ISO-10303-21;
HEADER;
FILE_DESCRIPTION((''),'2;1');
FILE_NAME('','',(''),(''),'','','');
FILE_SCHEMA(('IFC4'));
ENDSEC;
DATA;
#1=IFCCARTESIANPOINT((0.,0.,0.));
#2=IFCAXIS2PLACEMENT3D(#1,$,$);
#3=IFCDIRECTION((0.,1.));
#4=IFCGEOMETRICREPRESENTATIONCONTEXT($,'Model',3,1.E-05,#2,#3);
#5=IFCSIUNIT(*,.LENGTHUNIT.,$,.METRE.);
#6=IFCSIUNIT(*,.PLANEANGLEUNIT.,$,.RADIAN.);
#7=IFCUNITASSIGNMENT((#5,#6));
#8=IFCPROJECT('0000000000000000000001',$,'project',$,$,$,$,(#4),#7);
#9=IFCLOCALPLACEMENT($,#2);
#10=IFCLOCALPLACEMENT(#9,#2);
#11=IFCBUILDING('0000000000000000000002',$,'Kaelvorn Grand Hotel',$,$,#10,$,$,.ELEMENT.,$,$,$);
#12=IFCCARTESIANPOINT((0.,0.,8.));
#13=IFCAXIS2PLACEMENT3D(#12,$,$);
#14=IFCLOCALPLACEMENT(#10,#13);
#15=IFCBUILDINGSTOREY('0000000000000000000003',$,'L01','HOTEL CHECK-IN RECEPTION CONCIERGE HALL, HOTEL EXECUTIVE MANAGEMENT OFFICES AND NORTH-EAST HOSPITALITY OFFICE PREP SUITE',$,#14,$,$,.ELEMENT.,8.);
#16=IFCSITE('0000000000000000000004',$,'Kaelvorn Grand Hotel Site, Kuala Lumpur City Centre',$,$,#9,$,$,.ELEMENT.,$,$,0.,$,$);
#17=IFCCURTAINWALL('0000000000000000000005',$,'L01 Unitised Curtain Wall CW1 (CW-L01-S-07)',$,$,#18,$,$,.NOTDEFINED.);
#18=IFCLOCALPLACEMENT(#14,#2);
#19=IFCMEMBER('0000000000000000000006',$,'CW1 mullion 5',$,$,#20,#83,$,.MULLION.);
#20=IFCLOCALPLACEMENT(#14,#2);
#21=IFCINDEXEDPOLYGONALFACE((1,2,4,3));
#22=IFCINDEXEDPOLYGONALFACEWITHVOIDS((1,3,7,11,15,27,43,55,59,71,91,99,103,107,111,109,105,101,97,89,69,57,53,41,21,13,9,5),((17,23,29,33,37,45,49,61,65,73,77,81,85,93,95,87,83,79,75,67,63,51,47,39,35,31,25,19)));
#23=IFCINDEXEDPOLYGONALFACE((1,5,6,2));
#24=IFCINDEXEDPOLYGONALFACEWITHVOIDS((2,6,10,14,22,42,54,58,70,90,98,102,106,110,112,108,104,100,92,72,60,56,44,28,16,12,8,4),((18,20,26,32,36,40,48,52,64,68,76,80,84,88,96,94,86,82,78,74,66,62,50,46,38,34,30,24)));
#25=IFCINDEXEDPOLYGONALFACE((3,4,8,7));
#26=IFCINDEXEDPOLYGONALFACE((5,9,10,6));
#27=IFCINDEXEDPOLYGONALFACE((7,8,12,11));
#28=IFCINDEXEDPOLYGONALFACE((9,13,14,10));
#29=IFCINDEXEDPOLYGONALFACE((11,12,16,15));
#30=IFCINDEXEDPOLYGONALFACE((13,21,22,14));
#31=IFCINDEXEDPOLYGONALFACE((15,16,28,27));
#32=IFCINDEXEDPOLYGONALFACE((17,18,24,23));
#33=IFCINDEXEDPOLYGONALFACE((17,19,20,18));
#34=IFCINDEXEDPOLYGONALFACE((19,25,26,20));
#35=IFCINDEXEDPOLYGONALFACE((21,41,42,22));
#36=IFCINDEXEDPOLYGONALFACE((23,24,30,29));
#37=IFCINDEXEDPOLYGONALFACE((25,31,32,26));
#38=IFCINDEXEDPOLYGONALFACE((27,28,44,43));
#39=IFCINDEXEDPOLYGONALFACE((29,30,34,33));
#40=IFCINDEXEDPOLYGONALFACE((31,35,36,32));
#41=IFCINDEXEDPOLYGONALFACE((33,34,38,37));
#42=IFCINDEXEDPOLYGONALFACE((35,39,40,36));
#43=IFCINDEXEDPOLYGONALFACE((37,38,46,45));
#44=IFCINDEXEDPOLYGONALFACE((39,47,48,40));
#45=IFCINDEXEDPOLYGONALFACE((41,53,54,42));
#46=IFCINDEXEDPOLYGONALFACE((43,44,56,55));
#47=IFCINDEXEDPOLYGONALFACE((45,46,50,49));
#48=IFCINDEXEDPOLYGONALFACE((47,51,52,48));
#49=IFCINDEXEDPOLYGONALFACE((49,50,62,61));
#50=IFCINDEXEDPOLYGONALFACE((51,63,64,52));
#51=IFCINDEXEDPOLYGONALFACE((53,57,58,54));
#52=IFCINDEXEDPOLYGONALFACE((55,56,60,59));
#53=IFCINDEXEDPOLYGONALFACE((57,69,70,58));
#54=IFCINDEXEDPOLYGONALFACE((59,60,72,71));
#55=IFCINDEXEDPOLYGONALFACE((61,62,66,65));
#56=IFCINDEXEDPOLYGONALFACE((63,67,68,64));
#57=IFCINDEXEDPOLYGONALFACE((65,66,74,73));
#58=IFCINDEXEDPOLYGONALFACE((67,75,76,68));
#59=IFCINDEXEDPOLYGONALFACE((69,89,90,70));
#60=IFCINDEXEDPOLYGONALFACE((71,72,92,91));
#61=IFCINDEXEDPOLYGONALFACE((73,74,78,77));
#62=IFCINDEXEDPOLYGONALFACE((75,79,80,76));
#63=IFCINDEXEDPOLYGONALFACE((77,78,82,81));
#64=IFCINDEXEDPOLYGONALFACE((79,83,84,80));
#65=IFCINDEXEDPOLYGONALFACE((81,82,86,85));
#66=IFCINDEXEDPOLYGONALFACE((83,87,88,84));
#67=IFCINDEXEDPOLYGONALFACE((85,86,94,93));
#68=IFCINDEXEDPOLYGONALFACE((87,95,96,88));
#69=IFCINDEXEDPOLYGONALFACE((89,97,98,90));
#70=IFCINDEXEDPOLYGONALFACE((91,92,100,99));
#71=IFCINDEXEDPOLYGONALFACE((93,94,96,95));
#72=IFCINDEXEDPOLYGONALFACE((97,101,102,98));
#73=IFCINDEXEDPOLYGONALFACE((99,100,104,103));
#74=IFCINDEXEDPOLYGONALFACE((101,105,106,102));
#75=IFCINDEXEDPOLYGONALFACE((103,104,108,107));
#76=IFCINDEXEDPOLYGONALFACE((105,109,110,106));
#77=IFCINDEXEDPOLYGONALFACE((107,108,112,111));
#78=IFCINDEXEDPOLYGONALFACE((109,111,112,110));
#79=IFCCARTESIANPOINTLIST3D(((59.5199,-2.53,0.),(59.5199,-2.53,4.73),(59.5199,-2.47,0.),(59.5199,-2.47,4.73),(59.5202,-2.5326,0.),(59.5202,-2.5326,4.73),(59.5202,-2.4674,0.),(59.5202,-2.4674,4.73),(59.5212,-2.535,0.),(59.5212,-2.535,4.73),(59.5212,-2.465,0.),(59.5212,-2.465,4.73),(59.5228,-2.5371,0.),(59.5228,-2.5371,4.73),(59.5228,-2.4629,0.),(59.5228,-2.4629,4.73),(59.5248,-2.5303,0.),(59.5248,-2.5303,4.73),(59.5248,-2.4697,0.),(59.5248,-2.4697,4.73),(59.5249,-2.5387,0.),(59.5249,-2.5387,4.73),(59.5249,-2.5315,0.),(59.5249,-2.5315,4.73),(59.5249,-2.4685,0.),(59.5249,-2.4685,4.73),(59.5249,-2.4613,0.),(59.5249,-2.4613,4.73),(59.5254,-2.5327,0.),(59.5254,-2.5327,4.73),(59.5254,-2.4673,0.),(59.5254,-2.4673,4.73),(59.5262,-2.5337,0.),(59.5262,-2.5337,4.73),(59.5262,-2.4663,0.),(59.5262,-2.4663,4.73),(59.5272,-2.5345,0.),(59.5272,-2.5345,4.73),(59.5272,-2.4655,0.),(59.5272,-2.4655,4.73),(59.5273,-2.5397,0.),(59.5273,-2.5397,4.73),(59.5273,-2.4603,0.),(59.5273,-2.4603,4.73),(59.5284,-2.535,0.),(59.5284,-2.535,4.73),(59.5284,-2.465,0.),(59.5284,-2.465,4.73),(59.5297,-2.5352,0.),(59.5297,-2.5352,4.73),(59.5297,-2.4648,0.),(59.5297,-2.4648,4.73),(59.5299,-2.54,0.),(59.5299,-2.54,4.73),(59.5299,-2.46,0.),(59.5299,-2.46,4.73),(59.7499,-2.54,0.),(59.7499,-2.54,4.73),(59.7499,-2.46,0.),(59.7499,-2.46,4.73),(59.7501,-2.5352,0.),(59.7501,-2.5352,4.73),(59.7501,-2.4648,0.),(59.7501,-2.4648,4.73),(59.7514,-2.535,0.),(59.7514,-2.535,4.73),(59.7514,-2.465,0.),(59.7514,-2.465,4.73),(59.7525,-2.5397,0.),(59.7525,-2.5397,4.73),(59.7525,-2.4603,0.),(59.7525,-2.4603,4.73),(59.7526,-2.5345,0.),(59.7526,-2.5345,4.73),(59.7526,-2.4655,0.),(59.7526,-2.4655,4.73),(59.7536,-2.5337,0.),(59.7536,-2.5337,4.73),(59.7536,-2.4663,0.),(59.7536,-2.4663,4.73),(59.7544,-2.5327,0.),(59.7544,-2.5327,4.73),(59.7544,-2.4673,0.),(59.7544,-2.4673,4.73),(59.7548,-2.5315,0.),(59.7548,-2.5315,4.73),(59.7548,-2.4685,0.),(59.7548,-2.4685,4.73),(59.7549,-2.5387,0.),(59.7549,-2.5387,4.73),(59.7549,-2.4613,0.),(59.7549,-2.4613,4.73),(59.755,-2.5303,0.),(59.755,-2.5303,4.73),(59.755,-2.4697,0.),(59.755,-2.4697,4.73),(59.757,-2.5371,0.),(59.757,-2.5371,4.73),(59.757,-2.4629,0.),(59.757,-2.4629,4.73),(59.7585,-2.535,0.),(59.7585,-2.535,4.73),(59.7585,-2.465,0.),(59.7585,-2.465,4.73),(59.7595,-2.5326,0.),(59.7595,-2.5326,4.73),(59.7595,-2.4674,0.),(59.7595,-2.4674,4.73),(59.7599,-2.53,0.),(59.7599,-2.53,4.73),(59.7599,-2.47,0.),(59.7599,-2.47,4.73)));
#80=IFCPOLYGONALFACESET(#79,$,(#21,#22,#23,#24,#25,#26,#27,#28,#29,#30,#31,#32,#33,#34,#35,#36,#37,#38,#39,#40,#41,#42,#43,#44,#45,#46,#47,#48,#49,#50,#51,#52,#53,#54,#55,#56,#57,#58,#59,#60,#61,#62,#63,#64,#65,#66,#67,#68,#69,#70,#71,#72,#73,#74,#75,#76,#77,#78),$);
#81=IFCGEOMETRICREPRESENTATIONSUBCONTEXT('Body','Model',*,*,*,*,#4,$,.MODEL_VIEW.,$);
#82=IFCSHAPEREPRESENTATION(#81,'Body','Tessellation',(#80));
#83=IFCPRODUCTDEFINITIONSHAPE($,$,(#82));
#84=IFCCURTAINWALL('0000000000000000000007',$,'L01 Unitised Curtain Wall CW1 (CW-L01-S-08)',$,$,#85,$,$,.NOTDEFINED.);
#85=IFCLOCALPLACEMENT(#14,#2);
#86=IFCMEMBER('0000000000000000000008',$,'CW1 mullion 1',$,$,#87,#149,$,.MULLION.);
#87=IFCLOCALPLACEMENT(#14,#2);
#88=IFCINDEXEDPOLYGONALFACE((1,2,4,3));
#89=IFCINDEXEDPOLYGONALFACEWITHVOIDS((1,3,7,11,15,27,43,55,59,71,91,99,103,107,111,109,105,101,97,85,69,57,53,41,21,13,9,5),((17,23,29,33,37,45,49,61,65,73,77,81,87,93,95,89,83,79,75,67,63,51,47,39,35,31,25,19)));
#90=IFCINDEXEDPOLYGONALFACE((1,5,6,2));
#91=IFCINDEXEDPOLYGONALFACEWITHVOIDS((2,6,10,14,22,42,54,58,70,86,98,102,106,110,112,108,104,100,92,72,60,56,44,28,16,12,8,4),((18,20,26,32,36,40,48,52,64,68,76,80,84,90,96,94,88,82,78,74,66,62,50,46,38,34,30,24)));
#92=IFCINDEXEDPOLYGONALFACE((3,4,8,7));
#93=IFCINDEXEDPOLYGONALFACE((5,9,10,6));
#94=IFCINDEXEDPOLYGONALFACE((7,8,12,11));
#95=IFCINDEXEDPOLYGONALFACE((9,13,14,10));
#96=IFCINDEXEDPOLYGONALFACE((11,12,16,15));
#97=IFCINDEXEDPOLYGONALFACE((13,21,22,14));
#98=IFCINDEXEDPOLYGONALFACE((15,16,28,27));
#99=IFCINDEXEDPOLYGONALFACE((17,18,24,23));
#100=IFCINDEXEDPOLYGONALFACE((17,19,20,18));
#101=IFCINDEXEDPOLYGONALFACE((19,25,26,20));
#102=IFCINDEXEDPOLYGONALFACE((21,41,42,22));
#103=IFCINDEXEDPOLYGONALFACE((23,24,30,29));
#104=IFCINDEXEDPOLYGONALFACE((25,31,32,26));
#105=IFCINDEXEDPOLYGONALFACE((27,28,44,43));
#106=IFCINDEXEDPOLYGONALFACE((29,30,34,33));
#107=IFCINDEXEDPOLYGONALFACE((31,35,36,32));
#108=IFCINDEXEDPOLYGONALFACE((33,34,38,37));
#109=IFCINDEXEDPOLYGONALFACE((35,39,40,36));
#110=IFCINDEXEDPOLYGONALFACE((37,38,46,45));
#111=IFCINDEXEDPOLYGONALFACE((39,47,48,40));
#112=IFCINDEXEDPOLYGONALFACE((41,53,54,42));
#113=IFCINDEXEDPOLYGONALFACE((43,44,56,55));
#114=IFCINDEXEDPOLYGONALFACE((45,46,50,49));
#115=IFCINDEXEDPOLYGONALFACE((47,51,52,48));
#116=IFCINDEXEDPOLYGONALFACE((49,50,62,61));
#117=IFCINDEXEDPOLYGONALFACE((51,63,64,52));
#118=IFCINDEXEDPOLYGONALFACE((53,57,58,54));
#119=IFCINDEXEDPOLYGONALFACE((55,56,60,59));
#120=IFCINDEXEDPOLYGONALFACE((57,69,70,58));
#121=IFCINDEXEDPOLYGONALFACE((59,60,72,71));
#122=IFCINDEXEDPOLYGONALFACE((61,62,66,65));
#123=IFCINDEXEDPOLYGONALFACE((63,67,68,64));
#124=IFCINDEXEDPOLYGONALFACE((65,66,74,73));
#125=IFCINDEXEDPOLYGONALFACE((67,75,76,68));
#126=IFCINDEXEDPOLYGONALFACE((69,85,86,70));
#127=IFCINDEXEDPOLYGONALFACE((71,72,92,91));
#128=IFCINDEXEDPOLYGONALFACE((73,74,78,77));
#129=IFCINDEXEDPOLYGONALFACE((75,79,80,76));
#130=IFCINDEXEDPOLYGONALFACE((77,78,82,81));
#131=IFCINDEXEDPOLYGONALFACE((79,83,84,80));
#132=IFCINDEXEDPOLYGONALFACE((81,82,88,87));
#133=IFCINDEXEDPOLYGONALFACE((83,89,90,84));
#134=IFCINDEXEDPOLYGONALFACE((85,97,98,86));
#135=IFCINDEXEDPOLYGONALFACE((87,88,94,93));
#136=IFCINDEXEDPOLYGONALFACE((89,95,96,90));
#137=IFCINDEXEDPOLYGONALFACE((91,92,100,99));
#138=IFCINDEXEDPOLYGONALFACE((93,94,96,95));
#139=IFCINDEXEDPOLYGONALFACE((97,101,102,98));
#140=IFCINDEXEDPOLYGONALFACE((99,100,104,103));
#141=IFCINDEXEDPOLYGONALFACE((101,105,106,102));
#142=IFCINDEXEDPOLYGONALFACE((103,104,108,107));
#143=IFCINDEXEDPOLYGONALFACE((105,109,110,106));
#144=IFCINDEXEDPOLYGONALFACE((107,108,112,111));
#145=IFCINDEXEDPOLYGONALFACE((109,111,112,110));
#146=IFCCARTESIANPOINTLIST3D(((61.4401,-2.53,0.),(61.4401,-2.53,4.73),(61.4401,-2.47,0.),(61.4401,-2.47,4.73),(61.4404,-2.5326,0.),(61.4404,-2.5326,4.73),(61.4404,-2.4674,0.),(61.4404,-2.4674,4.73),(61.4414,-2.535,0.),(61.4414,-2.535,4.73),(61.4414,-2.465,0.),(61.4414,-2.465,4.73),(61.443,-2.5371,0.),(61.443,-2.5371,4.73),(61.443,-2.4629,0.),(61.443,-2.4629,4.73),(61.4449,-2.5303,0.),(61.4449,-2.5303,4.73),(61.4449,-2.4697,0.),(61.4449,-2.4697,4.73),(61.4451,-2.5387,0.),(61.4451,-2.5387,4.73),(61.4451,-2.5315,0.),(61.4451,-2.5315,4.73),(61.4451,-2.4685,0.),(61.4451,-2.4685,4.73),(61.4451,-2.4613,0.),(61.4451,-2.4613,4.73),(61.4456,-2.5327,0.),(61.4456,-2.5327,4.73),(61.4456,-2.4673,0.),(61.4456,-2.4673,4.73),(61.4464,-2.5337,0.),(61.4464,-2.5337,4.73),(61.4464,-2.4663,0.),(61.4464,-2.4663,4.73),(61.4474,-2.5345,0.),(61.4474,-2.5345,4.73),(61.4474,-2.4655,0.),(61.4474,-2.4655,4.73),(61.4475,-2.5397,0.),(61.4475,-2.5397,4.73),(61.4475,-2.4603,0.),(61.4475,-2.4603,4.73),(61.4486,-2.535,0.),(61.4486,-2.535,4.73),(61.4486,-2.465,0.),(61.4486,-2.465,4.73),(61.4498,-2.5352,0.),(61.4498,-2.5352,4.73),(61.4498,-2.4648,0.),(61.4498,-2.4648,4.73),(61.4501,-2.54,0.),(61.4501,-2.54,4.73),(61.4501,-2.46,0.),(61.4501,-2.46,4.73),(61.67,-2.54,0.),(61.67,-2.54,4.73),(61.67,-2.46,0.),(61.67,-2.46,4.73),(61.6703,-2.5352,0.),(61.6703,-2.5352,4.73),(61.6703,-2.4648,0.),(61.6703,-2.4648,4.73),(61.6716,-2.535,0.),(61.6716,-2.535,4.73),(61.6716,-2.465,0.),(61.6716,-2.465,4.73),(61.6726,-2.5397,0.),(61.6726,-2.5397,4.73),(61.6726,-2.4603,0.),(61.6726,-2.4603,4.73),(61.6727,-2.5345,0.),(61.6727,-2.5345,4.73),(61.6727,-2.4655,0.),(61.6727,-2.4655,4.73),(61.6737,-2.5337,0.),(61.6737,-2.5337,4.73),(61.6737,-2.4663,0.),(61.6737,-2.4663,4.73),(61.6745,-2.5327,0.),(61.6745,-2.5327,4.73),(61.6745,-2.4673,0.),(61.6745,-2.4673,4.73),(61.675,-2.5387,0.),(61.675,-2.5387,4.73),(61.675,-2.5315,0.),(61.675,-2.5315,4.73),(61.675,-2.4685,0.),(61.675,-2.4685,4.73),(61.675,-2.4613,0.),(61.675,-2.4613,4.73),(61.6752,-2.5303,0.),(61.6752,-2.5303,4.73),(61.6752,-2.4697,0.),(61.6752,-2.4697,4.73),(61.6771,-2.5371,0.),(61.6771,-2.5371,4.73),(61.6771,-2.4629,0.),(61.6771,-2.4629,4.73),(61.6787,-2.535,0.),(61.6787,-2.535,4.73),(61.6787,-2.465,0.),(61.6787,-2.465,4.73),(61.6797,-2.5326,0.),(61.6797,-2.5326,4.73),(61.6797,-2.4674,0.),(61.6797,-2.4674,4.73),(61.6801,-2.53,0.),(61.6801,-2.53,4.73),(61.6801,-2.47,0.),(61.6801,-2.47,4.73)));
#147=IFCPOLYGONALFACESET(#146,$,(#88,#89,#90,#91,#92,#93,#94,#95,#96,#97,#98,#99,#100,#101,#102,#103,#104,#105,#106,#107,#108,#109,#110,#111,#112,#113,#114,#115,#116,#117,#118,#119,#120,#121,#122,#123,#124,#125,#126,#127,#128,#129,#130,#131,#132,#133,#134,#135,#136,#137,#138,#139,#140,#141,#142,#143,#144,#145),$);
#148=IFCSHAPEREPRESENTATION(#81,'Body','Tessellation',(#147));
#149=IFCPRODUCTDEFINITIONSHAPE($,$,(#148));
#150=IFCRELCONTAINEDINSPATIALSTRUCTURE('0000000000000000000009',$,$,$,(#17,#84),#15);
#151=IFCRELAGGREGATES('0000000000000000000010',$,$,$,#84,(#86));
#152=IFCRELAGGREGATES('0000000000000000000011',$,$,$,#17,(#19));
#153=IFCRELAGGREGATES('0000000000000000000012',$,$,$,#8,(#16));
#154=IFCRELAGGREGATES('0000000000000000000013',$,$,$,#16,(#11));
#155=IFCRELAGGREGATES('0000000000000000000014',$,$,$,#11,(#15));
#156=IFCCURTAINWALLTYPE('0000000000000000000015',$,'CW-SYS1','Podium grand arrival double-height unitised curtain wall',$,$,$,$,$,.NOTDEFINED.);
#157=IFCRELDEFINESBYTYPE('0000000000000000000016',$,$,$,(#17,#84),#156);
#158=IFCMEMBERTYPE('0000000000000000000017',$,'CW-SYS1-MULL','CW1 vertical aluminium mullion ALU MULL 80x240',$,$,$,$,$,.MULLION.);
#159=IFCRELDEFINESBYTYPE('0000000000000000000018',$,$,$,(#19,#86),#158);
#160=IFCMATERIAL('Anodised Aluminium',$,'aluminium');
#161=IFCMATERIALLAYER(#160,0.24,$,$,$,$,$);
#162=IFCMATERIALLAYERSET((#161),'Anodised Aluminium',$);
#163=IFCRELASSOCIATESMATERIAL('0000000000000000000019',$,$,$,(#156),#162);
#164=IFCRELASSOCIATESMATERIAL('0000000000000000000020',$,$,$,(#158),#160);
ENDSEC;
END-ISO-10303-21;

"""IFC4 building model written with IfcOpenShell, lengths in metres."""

from ifc_helpers import new_model, si_unit, direction, frame, origin, origin_2d, place, context, subcontext, project, spatial, hollow_rectangle, extrude, material, layer, layer_set, material_profile, profile_set, type_object, element, aggregate, save


model = new_model("IFC4")

# Units and contexts
model_context = context("Model", 3, precision=1e-05, world=origin(), true_north=direction((0.0, 1.0)))
body_context = subcontext(model_context, "Body", "Model", "MODEL_VIEW")
ifc_project = project(units=[si_unit("LENGTHUNIT", "METRE"), si_unit("PLANEANGLEUNIT", "RADIAN")], contexts=[model_context])

# Site, building, storey
site_placement = place(None, origin())
site = spatial("IfcSite", under=ifc_project, at=site_placement, Name="Kaelvorn Grand Hotel Site, Kuala Lumpur City Centre", CompositionType="ELEMENT", RefElevation=0.0)
building_placement = place(site_placement, origin())
building = spatial("IfcBuilding", under=site, at=building_placement, Name="Kaelvorn Grand Hotel", CompositionType="ELEMENT")
storey_placement = place(building_placement, frame((0.0, 0.0, 8.0)))
storey = spatial("IfcBuildingStorey", under=building, at=storey_placement, Name="L01", Description="HOTEL CHECK-IN RECEPTION CONCIERGE HALL, HOTEL EXECUTIVE MANAGEMENT OFFICES AND NORTH-EAST HOSPITALITY OFFICE PREP SUITE", CompositionType="ELEMENT", Elevation=8.0)

# Curtain wall, member
ifc_material_1 = material(Name="Anodised Aluminium", Category="aluminium")
ifc_layer_1 = layer(ifc_material_1, 0.24)
ifc_layer_set_1 = layer_set([ifc_layer_1], Name="Anodised Aluminium")
curtain_wall_type = type_object("IfcCurtainWallType", Name="CW-SYS1", Description="Podium grand arrival double-height unitised curtain wall", PredefinedType="NOTDEFINED", material=ifc_layer_set_1)
ifc_material_profile_1 = material_profile(ifc_material_1, hollow_rectangle(XDim=0.0801, YDim=0.24, WallThickness=0.0049, InnerFilletRadius=0.0049, OuterFilletRadius=0.01, at=origin_2d()), Name="ALU MULL 80x240")
ifc_profile_set_1 = profile_set([ifc_material_profile_1], Name="Anodised Aluminium")
member_type_1 = type_object("IfcMemberType", Name="CW-SYS1-MULL", Description="CW1 vertical aluminium mullion ALU MULL 80x240", PredefinedType="MULLION", material=ifc_profile_set_1)
curtain_wall_1_placement = place(storey_placement, origin())
curtain_wall_1 = element("IfcCurtainWall", 1, at=curtain_wall_1_placement, inside=storey, type_object=curtain_wall_type, Name="L01 Unitised Curtain Wall CW1 (CW-L01-S-07)", PredefinedType="NOTDEFINED")
member_1_placement = place(storey_placement, frame((59.6399, -2.5, 0.0), z_axis=(0.0, 0.0, 1.0), x_axis=(0.0, 1.0, 0.0)))
member_1 = element("IfcMember", 2, at=member_1_placement, type_object=member_type_1, Name="CW1 mullion 5", PredefinedType="MULLION", context=body_context, shape_type="SweptSolid", body=[
    extrude(hollow_rectangle(XDim=0.0801, YDim=0.24, WallThickness=0.0049, InnerFilletRadius=0.0049, OuterFilletRadius=0.01, at=origin_2d()), origin(), (0.0, 0.0, 1.0), 4.73),
])

# Curtain wall, member
curtain_wall_2_placement = place(storey_placement, origin())
curtain_wall_2 = element("IfcCurtainWall", 3, at=curtain_wall_2_placement, inside=storey, type_object=curtain_wall_type, Name="L01 Unitised Curtain Wall CW1 (CW-L01-S-08)", PredefinedType="NOTDEFINED")
member_2_placement = place(storey_placement, frame((61.5601, -2.5, 0.0), z_axis=(0.0, 0.0, 1.0), x_axis=(0.0, 1.0, 0.0)))
member_2 = element("IfcMember", 4, at=member_2_placement, type_object=member_type_1, Name="CW1 mullion 1", PredefinedType="MULLION", context=body_context, shape_type="SweptSolid", body=[
    extrude(hollow_rectangle(XDim=0.0801, YDim=0.24, WallThickness=0.0049, InnerFilletRadius=0.0049, OuterFilletRadius=0.01, at=origin_2d()), origin(), (0.0, 0.0, 1.0), 4.73),
])
aggregate(curtain_wall_2, [member_2])

aggregate(curtain_wall_1, [member_1])

save(model, "model.ifc")
